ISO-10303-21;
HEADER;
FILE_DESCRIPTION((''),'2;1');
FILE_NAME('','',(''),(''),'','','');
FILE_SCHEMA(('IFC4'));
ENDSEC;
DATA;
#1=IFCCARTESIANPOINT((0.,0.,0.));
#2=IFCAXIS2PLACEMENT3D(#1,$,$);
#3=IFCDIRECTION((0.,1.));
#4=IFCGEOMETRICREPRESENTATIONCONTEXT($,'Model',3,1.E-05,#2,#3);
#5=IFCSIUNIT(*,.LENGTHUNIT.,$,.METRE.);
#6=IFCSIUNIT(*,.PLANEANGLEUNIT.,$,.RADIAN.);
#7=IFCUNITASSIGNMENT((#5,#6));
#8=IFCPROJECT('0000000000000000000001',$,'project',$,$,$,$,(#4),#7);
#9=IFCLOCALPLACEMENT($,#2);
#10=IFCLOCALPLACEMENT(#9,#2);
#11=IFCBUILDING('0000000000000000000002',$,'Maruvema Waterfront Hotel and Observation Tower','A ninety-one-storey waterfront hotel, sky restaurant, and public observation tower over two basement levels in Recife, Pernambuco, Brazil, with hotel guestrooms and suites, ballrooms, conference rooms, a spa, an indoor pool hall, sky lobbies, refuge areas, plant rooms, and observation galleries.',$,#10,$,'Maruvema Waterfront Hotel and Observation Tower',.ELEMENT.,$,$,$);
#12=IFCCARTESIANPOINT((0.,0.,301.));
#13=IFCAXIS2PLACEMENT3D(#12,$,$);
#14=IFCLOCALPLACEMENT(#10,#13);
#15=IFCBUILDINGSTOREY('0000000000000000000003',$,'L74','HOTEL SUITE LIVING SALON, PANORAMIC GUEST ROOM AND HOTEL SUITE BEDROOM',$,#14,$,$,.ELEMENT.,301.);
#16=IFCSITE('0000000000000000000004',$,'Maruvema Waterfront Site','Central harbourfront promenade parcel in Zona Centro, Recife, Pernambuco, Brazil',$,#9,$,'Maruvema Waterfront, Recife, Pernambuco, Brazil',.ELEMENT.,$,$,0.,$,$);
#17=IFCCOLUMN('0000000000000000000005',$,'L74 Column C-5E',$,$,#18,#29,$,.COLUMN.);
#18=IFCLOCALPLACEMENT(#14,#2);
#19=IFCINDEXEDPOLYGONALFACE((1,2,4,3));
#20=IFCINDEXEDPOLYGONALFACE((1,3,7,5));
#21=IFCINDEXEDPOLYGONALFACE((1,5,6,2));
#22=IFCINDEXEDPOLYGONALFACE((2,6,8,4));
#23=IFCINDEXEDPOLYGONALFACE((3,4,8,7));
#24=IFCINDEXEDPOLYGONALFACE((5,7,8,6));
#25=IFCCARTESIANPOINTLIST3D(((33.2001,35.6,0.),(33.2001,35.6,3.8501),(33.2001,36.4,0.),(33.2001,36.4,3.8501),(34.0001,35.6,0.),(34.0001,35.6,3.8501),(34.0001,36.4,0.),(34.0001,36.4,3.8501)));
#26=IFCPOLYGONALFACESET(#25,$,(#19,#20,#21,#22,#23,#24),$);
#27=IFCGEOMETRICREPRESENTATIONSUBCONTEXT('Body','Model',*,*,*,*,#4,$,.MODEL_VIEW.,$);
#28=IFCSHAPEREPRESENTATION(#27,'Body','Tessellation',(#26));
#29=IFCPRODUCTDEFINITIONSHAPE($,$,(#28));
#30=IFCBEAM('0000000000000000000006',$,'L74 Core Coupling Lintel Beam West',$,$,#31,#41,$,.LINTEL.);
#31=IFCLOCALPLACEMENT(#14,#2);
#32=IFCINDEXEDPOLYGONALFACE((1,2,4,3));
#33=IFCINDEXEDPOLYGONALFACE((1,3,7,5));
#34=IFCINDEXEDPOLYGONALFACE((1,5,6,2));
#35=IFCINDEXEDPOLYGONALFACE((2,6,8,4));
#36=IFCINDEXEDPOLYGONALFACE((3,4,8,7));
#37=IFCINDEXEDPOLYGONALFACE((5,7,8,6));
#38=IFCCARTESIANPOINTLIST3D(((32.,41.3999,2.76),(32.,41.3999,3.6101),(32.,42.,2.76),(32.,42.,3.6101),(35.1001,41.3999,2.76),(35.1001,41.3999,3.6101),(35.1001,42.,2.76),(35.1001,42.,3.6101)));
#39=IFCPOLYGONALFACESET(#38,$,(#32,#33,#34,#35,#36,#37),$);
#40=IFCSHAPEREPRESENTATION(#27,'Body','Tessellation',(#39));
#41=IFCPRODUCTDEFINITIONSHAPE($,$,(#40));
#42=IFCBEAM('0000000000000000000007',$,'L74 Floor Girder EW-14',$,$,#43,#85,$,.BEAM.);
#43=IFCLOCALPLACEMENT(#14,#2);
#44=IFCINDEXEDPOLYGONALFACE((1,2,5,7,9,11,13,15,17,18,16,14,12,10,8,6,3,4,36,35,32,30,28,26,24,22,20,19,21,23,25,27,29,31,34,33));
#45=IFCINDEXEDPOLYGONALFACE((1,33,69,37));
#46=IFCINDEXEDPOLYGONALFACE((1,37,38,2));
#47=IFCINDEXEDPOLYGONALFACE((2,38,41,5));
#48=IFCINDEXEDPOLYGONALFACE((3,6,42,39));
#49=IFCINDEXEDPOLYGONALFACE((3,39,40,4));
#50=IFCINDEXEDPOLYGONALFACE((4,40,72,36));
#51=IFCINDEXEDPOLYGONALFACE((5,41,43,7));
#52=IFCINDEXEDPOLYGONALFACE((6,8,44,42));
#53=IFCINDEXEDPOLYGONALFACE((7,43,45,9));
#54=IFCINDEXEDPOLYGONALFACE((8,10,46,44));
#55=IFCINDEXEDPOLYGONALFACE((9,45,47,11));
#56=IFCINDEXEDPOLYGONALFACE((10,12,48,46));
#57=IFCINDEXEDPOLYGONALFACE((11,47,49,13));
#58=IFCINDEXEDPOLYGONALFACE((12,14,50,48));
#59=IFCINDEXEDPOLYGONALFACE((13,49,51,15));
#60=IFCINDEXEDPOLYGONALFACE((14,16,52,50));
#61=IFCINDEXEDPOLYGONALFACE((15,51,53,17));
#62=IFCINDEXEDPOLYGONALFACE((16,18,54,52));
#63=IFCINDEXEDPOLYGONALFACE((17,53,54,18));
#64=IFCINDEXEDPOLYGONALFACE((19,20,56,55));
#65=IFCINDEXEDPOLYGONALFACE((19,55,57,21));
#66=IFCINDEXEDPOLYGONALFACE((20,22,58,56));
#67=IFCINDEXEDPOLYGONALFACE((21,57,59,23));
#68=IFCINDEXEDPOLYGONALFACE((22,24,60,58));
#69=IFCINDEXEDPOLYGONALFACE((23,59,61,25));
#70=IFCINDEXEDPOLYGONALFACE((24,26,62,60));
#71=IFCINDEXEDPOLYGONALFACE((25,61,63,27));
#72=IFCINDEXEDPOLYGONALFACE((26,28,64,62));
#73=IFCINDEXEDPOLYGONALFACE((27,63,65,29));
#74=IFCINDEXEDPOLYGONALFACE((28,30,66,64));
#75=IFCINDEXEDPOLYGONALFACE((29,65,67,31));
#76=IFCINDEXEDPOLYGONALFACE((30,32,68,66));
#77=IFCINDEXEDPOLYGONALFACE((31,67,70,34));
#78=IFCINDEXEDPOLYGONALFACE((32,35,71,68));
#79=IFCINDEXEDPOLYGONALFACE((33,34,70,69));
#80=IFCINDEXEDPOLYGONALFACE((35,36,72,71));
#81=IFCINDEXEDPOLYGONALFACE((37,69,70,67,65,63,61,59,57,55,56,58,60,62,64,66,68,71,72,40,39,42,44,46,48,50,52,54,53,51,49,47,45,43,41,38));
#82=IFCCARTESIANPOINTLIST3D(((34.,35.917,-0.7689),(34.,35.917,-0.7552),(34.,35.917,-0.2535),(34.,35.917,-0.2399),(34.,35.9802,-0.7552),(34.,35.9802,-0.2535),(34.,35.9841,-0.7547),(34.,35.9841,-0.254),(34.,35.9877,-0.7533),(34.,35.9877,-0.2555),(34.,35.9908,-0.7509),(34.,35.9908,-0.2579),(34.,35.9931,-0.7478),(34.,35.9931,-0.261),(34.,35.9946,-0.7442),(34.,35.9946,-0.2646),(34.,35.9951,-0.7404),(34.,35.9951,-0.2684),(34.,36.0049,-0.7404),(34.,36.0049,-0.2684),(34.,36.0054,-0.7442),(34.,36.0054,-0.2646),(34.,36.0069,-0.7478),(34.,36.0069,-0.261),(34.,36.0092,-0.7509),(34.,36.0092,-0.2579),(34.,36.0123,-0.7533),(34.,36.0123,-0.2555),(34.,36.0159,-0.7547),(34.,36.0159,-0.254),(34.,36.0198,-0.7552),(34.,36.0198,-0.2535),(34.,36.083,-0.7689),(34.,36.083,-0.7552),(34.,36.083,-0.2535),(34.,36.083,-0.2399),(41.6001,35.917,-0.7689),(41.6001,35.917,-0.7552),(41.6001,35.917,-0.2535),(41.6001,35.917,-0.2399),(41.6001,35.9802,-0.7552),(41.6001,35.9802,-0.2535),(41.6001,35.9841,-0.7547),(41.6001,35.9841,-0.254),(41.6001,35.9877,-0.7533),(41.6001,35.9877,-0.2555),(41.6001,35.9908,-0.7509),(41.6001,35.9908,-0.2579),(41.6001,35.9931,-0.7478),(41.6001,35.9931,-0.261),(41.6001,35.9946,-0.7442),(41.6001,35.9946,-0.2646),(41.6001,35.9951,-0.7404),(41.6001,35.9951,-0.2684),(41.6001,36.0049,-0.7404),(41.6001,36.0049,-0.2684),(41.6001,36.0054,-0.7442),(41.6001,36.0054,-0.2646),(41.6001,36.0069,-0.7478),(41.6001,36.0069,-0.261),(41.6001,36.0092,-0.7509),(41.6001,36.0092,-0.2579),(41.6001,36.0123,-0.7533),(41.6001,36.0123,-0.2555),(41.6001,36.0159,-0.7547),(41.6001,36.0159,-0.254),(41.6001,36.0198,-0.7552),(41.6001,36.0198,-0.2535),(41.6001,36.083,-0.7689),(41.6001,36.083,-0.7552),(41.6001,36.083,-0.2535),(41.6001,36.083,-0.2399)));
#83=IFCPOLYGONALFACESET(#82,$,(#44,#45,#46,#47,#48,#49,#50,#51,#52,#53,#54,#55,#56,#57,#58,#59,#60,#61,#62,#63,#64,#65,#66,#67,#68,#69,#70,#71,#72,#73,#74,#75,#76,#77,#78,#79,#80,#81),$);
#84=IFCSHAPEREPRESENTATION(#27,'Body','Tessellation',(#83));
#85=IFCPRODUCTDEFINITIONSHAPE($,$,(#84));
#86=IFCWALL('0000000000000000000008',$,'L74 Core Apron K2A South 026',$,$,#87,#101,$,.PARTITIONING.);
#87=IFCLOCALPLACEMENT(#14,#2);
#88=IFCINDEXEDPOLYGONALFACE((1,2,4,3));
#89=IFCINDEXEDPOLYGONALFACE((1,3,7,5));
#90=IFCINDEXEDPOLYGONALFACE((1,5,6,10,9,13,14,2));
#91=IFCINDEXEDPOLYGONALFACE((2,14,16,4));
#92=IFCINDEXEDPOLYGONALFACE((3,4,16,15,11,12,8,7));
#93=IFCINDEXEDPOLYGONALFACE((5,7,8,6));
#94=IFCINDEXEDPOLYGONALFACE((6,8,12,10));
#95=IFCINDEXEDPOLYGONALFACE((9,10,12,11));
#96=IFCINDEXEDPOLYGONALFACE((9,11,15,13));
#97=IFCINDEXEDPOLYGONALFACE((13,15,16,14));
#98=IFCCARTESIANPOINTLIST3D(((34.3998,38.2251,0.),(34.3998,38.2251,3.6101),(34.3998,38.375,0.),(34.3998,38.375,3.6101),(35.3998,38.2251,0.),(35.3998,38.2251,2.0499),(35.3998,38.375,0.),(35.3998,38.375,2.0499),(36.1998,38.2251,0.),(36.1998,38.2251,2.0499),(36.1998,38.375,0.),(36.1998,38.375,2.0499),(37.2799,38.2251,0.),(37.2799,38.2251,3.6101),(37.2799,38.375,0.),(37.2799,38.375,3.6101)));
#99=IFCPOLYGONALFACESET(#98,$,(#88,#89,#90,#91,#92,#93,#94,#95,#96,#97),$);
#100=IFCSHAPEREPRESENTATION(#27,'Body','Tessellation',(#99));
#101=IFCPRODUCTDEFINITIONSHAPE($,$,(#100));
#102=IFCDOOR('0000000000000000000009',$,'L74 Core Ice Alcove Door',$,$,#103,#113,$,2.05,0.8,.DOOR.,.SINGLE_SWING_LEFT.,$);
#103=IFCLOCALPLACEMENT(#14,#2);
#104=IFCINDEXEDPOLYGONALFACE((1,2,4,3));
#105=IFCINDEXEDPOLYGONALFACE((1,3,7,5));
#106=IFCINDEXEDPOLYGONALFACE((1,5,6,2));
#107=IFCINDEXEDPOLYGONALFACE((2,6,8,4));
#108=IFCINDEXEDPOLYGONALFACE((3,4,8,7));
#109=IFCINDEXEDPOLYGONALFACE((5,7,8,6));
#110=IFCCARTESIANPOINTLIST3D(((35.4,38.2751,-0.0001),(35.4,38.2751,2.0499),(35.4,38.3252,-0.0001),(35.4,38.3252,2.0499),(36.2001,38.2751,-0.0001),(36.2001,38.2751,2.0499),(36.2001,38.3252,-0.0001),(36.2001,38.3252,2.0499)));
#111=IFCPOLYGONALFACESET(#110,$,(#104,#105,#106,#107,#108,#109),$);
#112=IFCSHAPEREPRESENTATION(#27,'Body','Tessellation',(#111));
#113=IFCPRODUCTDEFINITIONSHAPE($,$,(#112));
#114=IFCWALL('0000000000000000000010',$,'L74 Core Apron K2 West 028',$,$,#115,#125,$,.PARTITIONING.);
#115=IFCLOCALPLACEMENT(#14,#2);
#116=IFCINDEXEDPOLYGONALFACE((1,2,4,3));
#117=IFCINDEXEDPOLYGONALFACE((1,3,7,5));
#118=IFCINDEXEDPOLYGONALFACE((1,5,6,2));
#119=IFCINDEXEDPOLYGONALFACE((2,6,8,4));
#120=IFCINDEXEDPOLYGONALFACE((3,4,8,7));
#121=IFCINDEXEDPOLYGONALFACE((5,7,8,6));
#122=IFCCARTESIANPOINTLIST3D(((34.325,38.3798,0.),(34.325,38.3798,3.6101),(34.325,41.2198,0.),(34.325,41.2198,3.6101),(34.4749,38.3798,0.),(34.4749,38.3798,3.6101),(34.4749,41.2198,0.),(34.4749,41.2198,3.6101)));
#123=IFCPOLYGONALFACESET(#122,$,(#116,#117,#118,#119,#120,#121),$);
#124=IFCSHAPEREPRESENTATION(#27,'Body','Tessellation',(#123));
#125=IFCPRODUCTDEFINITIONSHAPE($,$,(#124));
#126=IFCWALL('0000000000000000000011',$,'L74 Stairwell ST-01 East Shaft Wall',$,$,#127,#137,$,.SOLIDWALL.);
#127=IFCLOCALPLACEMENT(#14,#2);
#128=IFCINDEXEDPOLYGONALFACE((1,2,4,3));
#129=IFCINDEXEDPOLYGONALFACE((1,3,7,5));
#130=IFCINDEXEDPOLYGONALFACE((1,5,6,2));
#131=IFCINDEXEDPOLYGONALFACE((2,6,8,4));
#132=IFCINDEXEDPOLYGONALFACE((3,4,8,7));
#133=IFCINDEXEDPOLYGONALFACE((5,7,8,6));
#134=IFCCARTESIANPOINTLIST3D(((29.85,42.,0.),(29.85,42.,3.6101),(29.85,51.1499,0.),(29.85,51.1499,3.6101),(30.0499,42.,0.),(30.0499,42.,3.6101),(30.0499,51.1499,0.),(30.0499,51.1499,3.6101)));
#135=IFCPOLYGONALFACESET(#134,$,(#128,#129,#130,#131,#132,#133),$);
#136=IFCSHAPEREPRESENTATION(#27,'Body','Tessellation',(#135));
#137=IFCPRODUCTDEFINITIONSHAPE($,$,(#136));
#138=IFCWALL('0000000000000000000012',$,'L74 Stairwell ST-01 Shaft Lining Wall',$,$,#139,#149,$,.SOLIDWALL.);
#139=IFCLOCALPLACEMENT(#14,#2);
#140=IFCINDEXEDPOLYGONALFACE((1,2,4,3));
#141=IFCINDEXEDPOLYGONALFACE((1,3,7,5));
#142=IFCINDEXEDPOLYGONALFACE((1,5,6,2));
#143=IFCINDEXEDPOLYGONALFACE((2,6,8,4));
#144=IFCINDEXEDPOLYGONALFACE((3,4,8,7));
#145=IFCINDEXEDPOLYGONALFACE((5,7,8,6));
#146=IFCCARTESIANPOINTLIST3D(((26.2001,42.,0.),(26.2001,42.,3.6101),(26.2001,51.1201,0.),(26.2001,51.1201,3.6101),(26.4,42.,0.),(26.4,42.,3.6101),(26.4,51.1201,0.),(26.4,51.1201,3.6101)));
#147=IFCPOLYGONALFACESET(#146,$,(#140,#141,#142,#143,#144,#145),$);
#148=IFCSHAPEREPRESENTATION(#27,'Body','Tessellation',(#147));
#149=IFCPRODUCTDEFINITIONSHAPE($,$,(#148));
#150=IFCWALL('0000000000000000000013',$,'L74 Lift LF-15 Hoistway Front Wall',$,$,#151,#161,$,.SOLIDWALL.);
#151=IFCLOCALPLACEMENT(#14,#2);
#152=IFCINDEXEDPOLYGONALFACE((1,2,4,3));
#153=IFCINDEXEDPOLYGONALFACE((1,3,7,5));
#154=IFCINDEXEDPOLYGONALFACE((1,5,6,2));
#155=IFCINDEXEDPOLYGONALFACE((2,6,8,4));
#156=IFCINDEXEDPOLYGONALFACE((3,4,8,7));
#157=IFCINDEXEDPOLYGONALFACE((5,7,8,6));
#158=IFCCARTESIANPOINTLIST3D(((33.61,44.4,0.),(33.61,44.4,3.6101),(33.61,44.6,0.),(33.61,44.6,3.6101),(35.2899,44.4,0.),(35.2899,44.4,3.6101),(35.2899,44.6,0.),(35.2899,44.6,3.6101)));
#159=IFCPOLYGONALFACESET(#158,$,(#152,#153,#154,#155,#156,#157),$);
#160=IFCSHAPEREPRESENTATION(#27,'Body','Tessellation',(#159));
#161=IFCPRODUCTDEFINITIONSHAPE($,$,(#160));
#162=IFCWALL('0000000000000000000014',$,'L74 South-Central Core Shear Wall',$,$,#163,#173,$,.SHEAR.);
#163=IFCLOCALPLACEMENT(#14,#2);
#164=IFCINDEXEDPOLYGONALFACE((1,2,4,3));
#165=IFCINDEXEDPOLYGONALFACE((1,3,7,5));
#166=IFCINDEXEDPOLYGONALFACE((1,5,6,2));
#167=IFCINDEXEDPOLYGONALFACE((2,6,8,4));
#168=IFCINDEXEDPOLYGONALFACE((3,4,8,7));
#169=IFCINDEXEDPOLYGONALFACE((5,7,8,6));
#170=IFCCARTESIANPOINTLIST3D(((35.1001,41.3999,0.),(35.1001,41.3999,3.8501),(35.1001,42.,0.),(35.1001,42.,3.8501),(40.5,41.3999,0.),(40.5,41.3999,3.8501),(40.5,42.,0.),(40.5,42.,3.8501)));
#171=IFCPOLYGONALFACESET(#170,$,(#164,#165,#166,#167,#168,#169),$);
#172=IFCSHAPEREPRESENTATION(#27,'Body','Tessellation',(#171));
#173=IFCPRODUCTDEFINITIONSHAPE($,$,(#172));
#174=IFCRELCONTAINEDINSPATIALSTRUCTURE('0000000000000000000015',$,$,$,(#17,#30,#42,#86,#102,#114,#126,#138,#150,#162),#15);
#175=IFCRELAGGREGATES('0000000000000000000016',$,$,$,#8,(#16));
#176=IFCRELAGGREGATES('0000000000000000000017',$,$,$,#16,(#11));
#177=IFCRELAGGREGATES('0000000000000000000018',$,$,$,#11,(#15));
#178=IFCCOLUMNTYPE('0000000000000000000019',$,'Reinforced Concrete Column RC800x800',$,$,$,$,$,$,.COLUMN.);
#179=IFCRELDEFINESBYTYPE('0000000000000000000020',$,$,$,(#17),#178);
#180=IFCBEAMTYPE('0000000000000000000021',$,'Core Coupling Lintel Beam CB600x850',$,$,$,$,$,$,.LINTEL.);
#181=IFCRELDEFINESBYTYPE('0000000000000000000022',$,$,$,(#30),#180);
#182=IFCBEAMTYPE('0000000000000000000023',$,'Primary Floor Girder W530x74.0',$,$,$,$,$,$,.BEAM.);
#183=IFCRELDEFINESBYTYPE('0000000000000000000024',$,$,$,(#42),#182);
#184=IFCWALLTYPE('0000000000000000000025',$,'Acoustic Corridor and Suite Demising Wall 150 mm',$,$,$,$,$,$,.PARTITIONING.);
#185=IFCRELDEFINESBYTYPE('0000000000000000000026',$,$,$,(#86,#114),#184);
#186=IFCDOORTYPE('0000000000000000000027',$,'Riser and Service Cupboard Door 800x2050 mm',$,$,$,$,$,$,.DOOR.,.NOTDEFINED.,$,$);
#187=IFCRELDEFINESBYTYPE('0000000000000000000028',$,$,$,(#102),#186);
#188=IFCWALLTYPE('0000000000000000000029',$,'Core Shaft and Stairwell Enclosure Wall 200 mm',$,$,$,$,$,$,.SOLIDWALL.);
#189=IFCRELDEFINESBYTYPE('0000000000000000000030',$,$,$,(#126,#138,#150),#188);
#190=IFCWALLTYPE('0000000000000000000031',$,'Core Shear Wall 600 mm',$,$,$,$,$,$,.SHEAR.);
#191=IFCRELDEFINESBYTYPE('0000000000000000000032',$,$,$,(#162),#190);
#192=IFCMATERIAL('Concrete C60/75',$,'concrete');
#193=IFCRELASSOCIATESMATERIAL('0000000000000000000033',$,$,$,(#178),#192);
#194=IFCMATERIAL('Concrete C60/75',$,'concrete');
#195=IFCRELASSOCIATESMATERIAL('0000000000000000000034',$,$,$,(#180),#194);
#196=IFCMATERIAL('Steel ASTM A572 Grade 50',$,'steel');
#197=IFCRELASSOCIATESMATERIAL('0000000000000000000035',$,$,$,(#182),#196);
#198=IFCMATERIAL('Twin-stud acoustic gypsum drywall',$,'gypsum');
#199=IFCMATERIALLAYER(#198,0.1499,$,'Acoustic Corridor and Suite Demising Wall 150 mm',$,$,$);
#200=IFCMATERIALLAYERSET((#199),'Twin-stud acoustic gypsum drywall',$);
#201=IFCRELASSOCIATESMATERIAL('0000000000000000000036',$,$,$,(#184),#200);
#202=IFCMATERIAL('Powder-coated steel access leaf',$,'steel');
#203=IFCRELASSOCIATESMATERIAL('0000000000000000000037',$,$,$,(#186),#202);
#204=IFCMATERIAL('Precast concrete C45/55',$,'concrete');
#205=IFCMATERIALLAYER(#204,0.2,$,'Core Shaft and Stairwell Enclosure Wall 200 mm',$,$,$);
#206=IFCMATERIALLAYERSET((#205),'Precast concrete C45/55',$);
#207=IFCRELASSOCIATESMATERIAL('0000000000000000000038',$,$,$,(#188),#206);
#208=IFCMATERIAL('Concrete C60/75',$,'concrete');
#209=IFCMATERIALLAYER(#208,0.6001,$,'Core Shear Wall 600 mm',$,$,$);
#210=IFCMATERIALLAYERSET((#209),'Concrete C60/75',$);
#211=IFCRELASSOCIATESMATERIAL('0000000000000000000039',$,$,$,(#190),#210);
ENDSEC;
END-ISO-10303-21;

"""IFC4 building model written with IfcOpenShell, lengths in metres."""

from ifc_helpers import new_model, si_unit, direction, frame, frame_2d, origin, origin_2d, place, context, subcontext, project, spatial, rectangle, i_section, extrude, material, layer, layer_set, material_profile, profile_set, type_object, element, fill, save


model = new_model("IFC4")

# Units and contexts
model_context = context("Model", 3, precision=1e-05, world=origin(), true_north=direction((0.0, 1.0)))
body_context = subcontext(model_context, "Body", "Model", "MODEL_VIEW")
ifc_project = project(units=[si_unit("LENGTHUNIT", "METRE"), si_unit("PLANEANGLEUNIT", "RADIAN")], contexts=[model_context])

# Site, building, storey
site_placement = place(None, origin())
site = spatial("IfcSite", under=ifc_project, at=site_placement, Name="Maruvema Waterfront Site", Description="Central harbourfront promenade parcel in Zona Centro, Recife, Pernambuco, Brazil", LongName="Maruvema Waterfront, Recife, Pernambuco, Brazil", CompositionType="ELEMENT", RefElevation=0.0)
building_placement = place(site_placement, origin())
building = spatial("IfcBuilding", under=site, at=building_placement, Name="Maruvema Waterfront Hotel and Observation Tower", Description="A ninety-one-storey waterfront hotel, sky restaurant, and public observation tower over two basement levels in Recife, Pernambuco, Brazil, with hotel guestrooms and suites, ballrooms, conference rooms, a spa, an indoor pool hall, sky lobbies, refuge areas, plant rooms, and observation galleries.", LongName="Maruvema Waterfront Hotel and Observation Tower", CompositionType="ELEMENT")
storey_placement = place(building_placement, frame((0.0, 0.0, 301.0)))
storey = spatial("IfcBuildingStorey", under=building, at=storey_placement, Name="L74", Description="HOTEL SUITE LIVING SALON, PANORAMIC GUEST ROOM AND HOTEL SUITE BEDROOM", CompositionType="ELEMENT", Elevation=301.0)

# Column
ifc_material_1 = material(Name="Concrete C60/75", Category="concrete")
ifc_material_profile_1 = material_profile(ifc_material_1, rectangle(XDim=0.8, YDim=0.8, at=origin_2d()), Name="RC800x800")
ifc_profile_set_1 = profile_set([ifc_material_profile_1], Name="Concrete C60/75")
column_type = type_object("IfcColumnType", Name="Reinforced Concrete Column RC800x800", PredefinedType="COLUMN", material=ifc_profile_set_1)
column_placement = place(storey_placement, frame((33.6001, 36.0, 0.0), z_axis=(0.0, 0.0, 1.0), x_axis=(1.0, 0.0, 0.0)))
element("IfcColumn", 1, at=column_placement, inside=storey, type_object=column_type, Name="L74 Column C-5E", PredefinedType="COLUMN", context=body_context, shape_type="SweptSolid", body=[
    extrude(rectangle(XDim=0.8, YDim=0.8, at=origin_2d()), origin(), (0.0, 0.0, 1.0), 3.8501),
])

# Beams
ifc_material_2 = material(Name="Concrete C60/75", Category="concrete")
ifc_material_profile_2 = material_profile(ifc_material_2, rectangle(XDim=0.6001, YDim=0.8501, at=origin_2d()), Name="CB600x850")
ifc_profile_set_2 = profile_set([ifc_material_profile_2], Name="Concrete C60/75")
beam_type_1 = type_object("IfcBeamType", Name="Core Coupling Lintel Beam CB600x850", PredefinedType="LINTEL", material=ifc_profile_set_2)
beam_1_placement = place(storey_placement, frame((32.0, 41.7, 3.1851), z_axis=(1.0, 0.0, 0.0), x_axis=(0.0, 1.0, 0.0)))
element("IfcBeam", 2, at=beam_1_placement, inside=storey, type_object=beam_type_1, Name="L74 Core Coupling Lintel Beam West", PredefinedType="LINTEL", context=body_context, shape_type="SweptSolid", body=[
    extrude(rectangle(XDim=0.6001, YDim=0.8501, at=origin_2d()), origin(), (0.0, 0.0, 1.0), 3.1001),
])
ifc_material_3 = material(Name="Steel ASTM A572 Grade 50", Category="steel")
ifc_material_profile_3 = material_profile(ifc_material_3, i_section(OverallWidth=0.166, OverallDepth=0.5291, WebThickness=0.0098, FlangeThickness=0.0137, FilletRadius=0.0149, at=origin_2d()), Name="W530x74.0")
ifc_profile_set_3 = profile_set([ifc_material_profile_3], Name="Steel ASTM A572 Grade 50")
beam_type_2 = type_object("IfcBeamType", Name="Primary Floor Girder W530x74.0", PredefinedType="BEAM", material=ifc_profile_set_3)
beam_2_placement = place(storey_placement, frame((34.0, 36.0, -0.5044), z_axis=(1.0, 0.0, 0.0), x_axis=(0.0, 1.0, 0.0)))
element("IfcBeam", 3, at=beam_2_placement, inside=storey, type_object=beam_type_2, Name="L74 Floor Girder EW-14", PredefinedType="BEAM", context=body_context, shape_type="SweptSolid", body=[
    extrude(i_section(OverallWidth=0.166, OverallDepth=0.5291, WebThickness=0.0098, FlangeThickness=0.0137, FilletRadius=0.0149, at=origin_2d()), origin(), (0.0, 0.0, 1.0), 7.6001),
])

# Wall, opening, door
ifc_material_4 = material(Name="Twin-stud acoustic gypsum drywall", Category="gypsum")
ifc_layer_1 = layer(ifc_material_4, 0.1499, Name="Acoustic Corridor and Suite Demising Wall 150 mm")
ifc_layer_set_1 = layer_set([ifc_layer_1], Name="Twin-stud acoustic gypsum drywall")
wall_type_1 = type_object("IfcWallType", Name="Acoustic Corridor and Suite Demising Wall 150 mm", PredefinedType="PARTITIONING", material=ifc_layer_set_1)
wall_1_placement = place(storey_placement, frame((34.3999, 38.3, 0.0), z_axis=(0.0, 0.0, 1.0), x_axis=(1.0, 0.0, 0.0)))
wall_1 = element("IfcWall", 4, at=wall_1_placement, inside=storey, type_object=wall_type_1, Name="L74 Core Apron K2A South 026", PredefinedType="PARTITIONING", context=body_context, shape_type="SweptSolid", body=[
    extrude(rectangle(XDim=2.8801, YDim=0.1499, at=frame_2d((1.4399, 0.0))), origin(), (0.0, 0.0, 1.0), 3.6101),
])
opening_1_placement = place(wall_1_placement, frame((1.0, 0.0, 0.0)))
opening_1 = element("IfcOpeningElement", 5, at=opening_1_placement, cuts=wall_1, PredefinedType="OPENING", context=body_context, shape_type="SweptSolid", body=[
    extrude(rectangle(XDim=0.8, YDim=2.05, at=frame_2d((0.3999, 1.0249))), frame((0.0, 0.085, 0.0), z_axis=(0.0, -1.0, 0.0), x_axis=(1.0, 0.0, 0.0)), (0.0, 0.0, 1.0), 0.1699),
])
ifc_material_5 = material(Name="Powder-coated steel access leaf", Category="steel")
door_type_1 = type_object("IfcDoorType", Name="Riser and Service Cupboard Door 800x2050 mm", OperationType="NOTDEFINED", PredefinedType="DOOR", material=ifc_material_5)
door_1_placement = place(opening_1_placement, frame((0.8, 0.0, 0.0), z_axis=(0.0, 0.0, 1.0), x_axis=(-1.0, 0.0, 0.0)))
door_1 = element("IfcDoor", 6, at=door_1_placement, inside=storey, type_object=door_type_1, Name="L74 Core Ice Alcove Door", OperationType="SINGLE_SWING_LEFT", OverallHeight=2.05, OverallWidth=0.8, PredefinedType="DOOR", context=body_context, shape_type="SweptSolid", body=[
    extrude(rectangle(XDim=0.8, YDim=2.05, at=frame_2d((0.3999, 1.0249))), frame((0.0, 0.0249, 0.0), z_axis=(0.0, -1.0, 0.0), x_axis=(1.0, 0.0, 0.0)), (0.0, 0.0, 1.0), 0.05),
])
fill(opening_1, door_1)

# Walls
wall_2_placement = place(storey_placement, frame((34.3999, 38.3799, 0.0), z_axis=(0.0, 0.0, 1.0), x_axis=(0.0, 1.0, 0.0)))
element("IfcWall", 7, at=wall_2_placement, inside=storey, type_object=wall_type_1, Name="L74 Core Apron K2 West 028", PredefinedType="PARTITIONING", context=body_context, shape_type="SweptSolid", body=[
    extrude(rectangle(XDim=2.8401, YDim=0.1499, at=frame_2d((1.4199, 0.0))), origin(), (0.0, 0.0, 1.0), 3.6101),
])
ifc_material_6 = material(Name="Precast concrete C45/55", Category="concrete")
ifc_layer_2 = layer(ifc_material_6, 0.2, Name="Core Shaft and Stairwell Enclosure Wall 200 mm")
ifc_layer_set_2 = layer_set([ifc_layer_2], Name="Precast concrete C45/55")
wall_type_2 = type_object("IfcWallType", Name="Core Shaft and Stairwell Enclosure Wall 200 mm", PredefinedType="SOLIDWALL", material=ifc_layer_set_2)
wall_3_placement = place(storey_placement, frame((29.95, 42.0, 0.0), z_axis=(0.0, 0.0, 1.0), x_axis=(0.0, 1.0, 0.0)))
element("IfcWall", 8, at=wall_3_placement, inside=storey, type_object=wall_type_2, Name="L74 Stairwell ST-01 East Shaft Wall", PredefinedType="SOLIDWALL", context=body_context, shape_type="SweptSolid", body=[
    extrude(rectangle(XDim=9.1499, YDim=0.2, at=frame_2d((4.575, 0.0))), origin(), (0.0, 0.0, 1.0), 3.6101),
])
wall_4_placement = place(storey_placement, frame((26.3, 42.0, 0.0), z_axis=(0.0, 0.0, 1.0), x_axis=(0.0, 1.0, 0.0)))
element("IfcWall", 9, at=wall_4_placement, inside=storey, type_object=wall_type_2, Name="L74 Stairwell ST-01 Shaft Lining Wall", PredefinedType="SOLIDWALL", context=body_context, shape_type="SweptSolid", body=[
    extrude(rectangle(XDim=9.1201, YDim=0.2, at=frame_2d((4.5601, 0.0))), origin(), (0.0, 0.0, 1.0), 3.6101),
])
wall_5_placement = place(storey_placement, frame((33.6101, 44.5, 0.0), z_axis=(0.0, 0.0, 1.0), x_axis=(1.0, 0.0, 0.0)))
element("IfcWall", 10, at=wall_5_placement, inside=storey, type_object=wall_type_2, Name="L74 Lift LF-15 Hoistway Front Wall", PredefinedType="SOLIDWALL", context=body_context, shape_type="SweptSolid", body=[
    extrude(rectangle(XDim=1.6799, YDim=0.2, at=frame_2d((0.8398, 0.0))), origin(), (0.0, 0.0, 1.0), 3.6101),
])
ifc_material_7 = material(Name="Concrete C60/75", Category="concrete")
ifc_layer_3 = layer(ifc_material_7, 0.6001, Name="Core Shear Wall 600 mm")
ifc_layer_set_3 = layer_set([ifc_layer_3], Name="Concrete C60/75")
wall_type_3 = type_object("IfcWallType", Name="Core Shear Wall 600 mm", PredefinedType="SHEAR", material=ifc_layer_set_3)
wall_6_placement = place(storey_placement, frame((35.1001, 41.7, 0.0), z_axis=(0.0, 0.0, 1.0), x_axis=(1.0, 0.0, 0.0)))
element("IfcWall", 11, at=wall_6_placement, inside=storey, type_object=wall_type_3, Name="L74 South-Central Core Shear Wall", PredefinedType="SHEAR", context=body_context, shape_type="SweptSolid", body=[
    extrude(rectangle(XDim=5.3999, YDim=0.6001, at=frame_2d((2.7, 0.0))), origin(), (0.0, 0.0, 1.0), 3.8501),
])

save(model, "model.ifc")
